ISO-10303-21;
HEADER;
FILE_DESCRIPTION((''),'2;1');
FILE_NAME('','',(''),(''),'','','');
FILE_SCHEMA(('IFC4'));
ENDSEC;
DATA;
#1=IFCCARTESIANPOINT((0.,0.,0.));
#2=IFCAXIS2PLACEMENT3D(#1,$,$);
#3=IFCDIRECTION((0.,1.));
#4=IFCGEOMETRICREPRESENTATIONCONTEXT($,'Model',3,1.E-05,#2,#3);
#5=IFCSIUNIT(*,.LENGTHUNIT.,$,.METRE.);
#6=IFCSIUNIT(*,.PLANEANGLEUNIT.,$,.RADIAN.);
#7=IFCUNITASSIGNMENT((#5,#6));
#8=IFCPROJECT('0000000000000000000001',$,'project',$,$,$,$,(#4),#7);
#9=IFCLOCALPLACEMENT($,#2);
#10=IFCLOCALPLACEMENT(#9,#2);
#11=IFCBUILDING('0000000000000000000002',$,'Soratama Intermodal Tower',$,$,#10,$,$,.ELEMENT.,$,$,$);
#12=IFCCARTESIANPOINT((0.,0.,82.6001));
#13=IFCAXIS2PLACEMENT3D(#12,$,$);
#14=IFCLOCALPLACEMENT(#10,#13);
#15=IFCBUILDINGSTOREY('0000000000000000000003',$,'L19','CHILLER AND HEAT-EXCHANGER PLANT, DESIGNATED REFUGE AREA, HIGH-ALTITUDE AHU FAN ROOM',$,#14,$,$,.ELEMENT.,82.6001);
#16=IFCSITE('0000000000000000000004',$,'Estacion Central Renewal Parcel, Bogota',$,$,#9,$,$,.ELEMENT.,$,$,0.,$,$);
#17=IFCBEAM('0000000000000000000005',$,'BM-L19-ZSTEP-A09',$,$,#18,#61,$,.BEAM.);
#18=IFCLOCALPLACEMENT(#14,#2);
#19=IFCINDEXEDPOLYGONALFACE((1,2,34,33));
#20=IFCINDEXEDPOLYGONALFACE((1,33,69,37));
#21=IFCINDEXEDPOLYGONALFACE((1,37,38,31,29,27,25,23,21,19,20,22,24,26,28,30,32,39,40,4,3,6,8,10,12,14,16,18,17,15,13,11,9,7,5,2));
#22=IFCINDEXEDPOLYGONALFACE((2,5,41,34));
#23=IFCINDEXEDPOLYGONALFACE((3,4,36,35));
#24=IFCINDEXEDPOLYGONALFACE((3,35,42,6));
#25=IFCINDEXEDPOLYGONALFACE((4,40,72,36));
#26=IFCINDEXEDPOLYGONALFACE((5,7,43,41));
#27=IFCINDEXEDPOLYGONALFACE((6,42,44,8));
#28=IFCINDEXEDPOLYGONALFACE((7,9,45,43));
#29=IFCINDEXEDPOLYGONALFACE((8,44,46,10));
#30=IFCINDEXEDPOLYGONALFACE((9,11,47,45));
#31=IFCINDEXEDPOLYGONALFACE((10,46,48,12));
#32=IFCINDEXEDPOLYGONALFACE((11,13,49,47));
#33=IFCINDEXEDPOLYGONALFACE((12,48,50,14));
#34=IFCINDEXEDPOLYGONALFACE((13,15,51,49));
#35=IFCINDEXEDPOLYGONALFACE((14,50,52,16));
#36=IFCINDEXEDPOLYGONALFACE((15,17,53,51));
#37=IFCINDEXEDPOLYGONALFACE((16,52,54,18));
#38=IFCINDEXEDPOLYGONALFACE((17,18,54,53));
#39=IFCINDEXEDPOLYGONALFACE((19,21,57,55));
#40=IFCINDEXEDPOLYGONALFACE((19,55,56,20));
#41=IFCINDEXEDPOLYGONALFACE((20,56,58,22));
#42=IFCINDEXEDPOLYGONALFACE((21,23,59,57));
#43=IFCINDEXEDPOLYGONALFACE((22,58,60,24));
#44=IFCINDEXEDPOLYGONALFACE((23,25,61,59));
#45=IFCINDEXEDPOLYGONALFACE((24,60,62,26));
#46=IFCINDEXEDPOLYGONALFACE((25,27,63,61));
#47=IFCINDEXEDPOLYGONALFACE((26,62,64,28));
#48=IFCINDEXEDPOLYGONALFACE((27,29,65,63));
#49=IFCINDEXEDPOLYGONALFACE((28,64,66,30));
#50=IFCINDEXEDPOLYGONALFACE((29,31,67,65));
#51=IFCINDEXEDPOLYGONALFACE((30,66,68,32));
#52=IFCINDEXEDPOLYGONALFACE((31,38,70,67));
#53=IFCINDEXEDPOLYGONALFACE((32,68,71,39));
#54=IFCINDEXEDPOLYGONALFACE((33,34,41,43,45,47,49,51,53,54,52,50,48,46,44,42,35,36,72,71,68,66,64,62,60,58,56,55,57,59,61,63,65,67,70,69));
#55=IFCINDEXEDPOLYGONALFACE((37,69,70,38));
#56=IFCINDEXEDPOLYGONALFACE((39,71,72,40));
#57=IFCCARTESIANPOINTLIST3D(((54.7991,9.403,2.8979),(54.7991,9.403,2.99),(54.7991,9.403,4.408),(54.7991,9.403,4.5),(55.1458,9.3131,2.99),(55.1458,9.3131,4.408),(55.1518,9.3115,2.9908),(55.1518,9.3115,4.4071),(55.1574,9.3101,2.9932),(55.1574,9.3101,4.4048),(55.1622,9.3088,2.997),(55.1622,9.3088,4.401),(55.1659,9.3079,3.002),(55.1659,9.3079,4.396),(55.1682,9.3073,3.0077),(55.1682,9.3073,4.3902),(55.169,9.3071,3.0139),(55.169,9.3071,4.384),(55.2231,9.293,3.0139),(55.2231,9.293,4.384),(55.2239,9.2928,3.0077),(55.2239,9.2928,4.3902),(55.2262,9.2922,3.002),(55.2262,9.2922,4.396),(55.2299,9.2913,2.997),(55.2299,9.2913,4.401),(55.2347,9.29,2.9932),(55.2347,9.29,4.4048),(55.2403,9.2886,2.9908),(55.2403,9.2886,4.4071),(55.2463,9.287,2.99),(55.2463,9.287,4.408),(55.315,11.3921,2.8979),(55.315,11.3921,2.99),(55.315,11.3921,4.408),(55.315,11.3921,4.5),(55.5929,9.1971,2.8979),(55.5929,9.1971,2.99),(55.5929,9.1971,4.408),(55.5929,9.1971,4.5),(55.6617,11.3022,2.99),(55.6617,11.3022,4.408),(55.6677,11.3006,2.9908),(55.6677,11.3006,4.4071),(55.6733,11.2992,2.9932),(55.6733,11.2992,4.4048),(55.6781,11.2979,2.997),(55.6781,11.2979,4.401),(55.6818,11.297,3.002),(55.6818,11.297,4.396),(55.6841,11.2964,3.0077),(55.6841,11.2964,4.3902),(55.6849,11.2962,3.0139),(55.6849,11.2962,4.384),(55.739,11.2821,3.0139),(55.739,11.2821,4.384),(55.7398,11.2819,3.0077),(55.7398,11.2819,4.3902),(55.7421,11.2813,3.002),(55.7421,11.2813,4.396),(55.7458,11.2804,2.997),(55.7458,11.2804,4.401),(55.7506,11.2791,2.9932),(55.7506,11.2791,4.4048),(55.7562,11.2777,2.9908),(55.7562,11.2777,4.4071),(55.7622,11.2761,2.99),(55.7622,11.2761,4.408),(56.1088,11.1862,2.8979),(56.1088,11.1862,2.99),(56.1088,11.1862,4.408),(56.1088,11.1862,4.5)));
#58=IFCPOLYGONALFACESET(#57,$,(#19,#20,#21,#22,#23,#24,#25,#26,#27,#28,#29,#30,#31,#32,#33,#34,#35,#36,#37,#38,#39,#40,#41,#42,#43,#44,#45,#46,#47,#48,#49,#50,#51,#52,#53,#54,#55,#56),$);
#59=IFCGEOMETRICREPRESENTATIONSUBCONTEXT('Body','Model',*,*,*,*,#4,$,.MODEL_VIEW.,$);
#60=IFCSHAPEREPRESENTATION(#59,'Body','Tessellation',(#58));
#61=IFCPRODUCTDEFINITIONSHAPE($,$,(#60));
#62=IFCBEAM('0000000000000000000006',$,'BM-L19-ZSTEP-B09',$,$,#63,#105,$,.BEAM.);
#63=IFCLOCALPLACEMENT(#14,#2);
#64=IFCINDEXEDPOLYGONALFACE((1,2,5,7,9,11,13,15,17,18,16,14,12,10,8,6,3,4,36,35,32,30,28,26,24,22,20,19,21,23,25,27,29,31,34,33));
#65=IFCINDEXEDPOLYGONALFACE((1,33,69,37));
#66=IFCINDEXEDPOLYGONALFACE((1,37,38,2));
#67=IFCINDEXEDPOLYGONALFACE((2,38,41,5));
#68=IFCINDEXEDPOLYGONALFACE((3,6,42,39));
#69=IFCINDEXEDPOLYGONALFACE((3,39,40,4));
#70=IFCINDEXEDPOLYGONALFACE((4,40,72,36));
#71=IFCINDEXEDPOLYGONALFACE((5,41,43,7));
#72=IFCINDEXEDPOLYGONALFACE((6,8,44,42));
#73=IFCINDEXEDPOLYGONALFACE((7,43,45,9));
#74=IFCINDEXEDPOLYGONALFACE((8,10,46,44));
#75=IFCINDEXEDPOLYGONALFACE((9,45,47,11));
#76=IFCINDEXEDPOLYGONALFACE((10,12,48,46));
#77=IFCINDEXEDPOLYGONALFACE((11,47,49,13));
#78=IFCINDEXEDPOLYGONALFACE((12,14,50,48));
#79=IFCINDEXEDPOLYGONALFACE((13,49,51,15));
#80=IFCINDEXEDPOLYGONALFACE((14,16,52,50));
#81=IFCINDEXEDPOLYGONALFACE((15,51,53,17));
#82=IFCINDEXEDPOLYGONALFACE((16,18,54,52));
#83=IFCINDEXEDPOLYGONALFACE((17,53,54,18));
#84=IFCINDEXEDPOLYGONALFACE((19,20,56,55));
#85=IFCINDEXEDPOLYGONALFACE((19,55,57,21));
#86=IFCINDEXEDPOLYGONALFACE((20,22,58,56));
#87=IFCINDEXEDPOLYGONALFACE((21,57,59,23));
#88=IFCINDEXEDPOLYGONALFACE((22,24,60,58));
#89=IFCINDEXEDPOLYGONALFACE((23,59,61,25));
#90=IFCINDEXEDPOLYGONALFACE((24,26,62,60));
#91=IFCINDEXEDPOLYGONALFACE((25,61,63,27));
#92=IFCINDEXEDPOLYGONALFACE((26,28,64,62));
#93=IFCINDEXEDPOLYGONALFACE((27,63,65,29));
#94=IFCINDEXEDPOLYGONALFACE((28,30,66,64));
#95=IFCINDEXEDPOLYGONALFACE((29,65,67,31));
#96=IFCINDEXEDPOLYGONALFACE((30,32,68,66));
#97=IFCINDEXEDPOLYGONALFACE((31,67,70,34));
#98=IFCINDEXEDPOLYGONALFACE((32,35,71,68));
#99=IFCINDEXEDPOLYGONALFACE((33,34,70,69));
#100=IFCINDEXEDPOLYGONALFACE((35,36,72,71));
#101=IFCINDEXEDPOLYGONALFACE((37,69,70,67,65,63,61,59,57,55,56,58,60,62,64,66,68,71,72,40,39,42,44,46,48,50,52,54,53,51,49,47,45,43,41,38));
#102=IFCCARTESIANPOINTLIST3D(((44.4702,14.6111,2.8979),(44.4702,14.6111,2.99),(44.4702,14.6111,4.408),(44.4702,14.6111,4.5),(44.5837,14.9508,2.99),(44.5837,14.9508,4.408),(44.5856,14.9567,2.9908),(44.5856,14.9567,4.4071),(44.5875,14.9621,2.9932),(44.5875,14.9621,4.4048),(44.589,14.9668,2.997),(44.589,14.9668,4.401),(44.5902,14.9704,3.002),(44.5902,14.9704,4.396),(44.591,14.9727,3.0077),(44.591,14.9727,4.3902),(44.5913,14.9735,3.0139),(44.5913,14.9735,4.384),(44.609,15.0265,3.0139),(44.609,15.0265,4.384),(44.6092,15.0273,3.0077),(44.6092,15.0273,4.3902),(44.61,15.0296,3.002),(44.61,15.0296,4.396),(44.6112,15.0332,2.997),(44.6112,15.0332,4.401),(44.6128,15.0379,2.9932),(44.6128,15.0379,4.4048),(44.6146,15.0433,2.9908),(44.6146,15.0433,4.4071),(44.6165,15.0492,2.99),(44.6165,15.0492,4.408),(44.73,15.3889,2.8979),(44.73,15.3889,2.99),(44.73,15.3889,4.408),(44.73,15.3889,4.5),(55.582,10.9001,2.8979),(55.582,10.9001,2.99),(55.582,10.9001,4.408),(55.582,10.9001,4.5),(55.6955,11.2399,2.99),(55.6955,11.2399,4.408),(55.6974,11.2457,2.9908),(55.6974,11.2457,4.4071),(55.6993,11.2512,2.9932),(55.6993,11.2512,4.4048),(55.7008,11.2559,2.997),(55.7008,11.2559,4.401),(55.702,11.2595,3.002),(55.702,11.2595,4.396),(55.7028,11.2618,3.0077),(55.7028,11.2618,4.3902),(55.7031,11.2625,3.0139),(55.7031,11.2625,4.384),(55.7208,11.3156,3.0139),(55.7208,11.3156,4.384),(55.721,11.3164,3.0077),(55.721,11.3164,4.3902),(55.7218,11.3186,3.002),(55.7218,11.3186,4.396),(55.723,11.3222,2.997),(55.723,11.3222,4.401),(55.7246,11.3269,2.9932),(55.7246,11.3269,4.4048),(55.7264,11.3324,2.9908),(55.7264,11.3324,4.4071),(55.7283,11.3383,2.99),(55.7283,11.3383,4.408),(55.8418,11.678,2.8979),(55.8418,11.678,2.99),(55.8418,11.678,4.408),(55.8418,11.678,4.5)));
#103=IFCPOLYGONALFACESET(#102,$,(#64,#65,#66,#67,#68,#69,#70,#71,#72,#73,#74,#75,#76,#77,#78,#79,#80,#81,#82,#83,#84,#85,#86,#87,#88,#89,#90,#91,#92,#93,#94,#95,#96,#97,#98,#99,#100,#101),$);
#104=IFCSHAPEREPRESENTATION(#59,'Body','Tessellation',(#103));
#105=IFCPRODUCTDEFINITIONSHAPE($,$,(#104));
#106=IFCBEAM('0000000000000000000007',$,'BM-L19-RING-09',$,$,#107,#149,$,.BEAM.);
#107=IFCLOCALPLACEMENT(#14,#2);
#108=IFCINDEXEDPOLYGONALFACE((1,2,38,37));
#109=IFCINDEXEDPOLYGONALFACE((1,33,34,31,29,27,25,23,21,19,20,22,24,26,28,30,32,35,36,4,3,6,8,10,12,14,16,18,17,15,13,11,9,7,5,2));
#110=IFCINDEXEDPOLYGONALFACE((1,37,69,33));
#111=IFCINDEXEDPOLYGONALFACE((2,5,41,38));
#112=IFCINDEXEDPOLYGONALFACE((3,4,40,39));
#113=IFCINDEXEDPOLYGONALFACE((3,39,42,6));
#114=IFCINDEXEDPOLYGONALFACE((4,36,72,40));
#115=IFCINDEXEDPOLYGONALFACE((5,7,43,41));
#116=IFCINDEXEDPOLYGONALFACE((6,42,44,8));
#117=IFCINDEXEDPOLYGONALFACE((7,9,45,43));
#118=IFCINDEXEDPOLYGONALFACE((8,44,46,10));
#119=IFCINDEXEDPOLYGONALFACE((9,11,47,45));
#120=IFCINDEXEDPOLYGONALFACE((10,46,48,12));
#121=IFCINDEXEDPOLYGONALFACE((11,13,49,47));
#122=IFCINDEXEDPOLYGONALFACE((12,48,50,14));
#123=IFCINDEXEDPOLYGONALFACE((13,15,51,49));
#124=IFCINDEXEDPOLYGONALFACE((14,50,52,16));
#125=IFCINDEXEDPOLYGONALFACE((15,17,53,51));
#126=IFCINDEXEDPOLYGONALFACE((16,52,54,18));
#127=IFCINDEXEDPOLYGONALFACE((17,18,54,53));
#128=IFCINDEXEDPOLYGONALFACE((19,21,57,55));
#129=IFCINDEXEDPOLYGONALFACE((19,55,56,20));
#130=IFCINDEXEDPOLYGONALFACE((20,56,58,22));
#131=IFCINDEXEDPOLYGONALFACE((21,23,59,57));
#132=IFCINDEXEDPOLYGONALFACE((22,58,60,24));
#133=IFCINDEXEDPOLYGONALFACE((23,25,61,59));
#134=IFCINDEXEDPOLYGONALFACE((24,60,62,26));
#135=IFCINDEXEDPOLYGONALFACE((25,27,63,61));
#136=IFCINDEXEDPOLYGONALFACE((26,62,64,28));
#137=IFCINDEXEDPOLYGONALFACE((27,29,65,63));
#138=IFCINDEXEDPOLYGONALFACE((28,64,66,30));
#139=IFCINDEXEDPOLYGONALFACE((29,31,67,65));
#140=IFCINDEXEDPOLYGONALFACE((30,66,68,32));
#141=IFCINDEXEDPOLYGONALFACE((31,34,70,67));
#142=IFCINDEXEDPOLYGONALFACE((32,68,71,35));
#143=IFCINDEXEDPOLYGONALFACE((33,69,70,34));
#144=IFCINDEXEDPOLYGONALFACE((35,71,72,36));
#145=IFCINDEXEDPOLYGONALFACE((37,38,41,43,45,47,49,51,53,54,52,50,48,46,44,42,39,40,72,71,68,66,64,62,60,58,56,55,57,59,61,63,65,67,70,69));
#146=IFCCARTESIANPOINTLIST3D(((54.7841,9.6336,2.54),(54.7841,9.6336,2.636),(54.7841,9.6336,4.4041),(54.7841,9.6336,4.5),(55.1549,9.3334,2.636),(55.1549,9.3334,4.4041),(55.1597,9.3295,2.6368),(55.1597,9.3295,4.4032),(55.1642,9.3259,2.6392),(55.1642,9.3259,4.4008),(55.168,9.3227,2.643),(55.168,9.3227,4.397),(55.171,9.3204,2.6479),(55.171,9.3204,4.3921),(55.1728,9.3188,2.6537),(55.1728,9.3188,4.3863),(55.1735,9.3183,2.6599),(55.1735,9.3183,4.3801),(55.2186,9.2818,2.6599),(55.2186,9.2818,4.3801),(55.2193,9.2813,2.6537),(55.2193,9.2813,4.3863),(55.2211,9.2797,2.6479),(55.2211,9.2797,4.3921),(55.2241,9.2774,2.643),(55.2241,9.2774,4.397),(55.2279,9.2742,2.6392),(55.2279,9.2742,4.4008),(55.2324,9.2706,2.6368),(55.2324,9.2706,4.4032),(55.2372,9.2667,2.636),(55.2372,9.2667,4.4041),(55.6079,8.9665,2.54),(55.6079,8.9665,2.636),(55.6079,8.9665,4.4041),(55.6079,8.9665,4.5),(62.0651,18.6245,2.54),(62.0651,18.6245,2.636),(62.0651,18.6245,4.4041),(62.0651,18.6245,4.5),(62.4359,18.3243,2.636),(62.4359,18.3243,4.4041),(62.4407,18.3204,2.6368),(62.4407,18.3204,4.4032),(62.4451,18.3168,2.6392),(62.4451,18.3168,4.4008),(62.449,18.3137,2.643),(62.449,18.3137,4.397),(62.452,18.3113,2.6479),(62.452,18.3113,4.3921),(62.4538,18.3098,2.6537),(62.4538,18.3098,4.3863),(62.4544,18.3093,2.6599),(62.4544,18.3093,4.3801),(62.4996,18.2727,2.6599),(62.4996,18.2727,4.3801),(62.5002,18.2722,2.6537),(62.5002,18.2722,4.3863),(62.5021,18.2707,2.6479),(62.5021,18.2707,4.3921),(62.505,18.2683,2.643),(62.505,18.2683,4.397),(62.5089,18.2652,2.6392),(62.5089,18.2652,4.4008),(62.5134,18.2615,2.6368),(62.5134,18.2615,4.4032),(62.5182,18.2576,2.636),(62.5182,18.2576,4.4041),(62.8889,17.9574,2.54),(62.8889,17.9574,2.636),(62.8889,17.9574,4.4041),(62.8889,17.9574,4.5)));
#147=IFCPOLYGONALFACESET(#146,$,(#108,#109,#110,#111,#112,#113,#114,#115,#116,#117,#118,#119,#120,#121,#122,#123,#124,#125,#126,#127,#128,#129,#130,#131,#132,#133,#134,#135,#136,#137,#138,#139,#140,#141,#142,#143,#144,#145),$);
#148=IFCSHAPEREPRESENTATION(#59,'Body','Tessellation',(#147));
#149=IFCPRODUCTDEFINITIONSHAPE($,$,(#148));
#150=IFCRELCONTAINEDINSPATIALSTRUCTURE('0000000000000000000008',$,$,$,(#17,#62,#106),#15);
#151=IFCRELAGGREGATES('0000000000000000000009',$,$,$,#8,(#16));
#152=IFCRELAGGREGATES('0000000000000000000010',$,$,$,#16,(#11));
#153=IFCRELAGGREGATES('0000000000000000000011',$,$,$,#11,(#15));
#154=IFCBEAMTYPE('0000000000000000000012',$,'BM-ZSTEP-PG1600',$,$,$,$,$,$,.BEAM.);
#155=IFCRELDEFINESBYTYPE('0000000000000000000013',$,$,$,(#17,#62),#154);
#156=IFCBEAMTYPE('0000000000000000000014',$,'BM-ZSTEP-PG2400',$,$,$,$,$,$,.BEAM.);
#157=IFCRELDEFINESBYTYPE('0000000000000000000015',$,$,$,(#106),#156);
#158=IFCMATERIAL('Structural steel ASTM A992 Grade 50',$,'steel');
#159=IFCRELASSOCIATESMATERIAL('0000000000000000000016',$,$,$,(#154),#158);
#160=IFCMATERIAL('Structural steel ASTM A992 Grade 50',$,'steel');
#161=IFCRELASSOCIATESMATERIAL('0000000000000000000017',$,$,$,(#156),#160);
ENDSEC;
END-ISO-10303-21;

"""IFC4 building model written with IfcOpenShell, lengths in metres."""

from ifc_helpers import new_model, si_unit, direction, frame, origin, origin_2d, place, context, subcontext, project, spatial, i_section, extrude, material, material_profile, profile_set, type_object, element, save


model = new_model("IFC4")

# Units and contexts
model_context = context("Model", 3, precision=1e-05, world=origin(), true_north=direction((0.0, 1.0)))
body_context = subcontext(model_context, "Body", "Model", "MODEL_VIEW")
ifc_project = project(units=[si_unit("LENGTHUNIT", "METRE"), si_unit("PLANEANGLEUNIT", "RADIAN")], contexts=[model_context])

# Site, building, storey
site_placement = place(None, origin())
site = spatial("IfcSite", under=ifc_project, at=site_placement, Name="Estacion Central Renewal Parcel, Bogota", CompositionType="ELEMENT", RefElevation=0.0)
building_placement = place(site_placement, origin())
building = spatial("IfcBuilding", under=site, at=building_placement, Name="Soratama Intermodal Tower", CompositionType="ELEMENT")
storey_placement = place(building_placement, frame((0.0, 0.0, 82.6001)))
storey = spatial("IfcBuildingStorey", under=building, at=storey_placement, Name="L19", Description="CHILLER AND HEAT-EXCHANGER PLANT, DESIGNATED REFUGE AREA, HIGH-ALTITUDE AHU FAN ROOM", CompositionType="ELEMENT", Elevation=82.6001)

# Beams
ifc_material_1 = material(Name="Structural steel ASTM A992 Grade 50", Category="steel")
ifc_material_profile_1 = material_profile(ifc_material_1, i_section(OverallWidth=0.8201, OverallDepth=1.6021, WebThickness=0.0559, FlangeThickness=0.092, FilletRadius=0.0239, at=origin_2d()), Name="PG1600X650")
ifc_profile_set_1 = profile_set([ifc_material_profile_1], Name="Structural steel ASTM A992 Grade 50")
beam_type_1 = type_object("IfcBeamType", Name="BM-ZSTEP-PG1600", PredefinedType="BEAM", material=ifc_profile_set_1)
beam_1_placement = place(storey_placement, frame((55.196, 9.3, 3.699), z_axis=(0.251053, 0.967973, 0.0), x_axis=(-0.967973, 0.251053, 0.0)))
element("IfcBeam", 1, at=beam_1_placement, inside=storey, type_object=beam_type_1, Name="BM-L19-ZSTEP-A09", PredefinedType="BEAM", context=body_context, shape_type="SweptSolid", body=[
    extrude(i_section(OverallWidth=0.8201, OverallDepth=1.6021, WebThickness=0.0559, FlangeThickness=0.092, FilletRadius=0.0239, at=origin_2d()), origin(), (0.0, 0.0, 1.0), 2.0549),
])
beam_2_placement = place(storey_placement, frame((55.7119, 11.2891, 3.699), z_axis=(-0.948504, 0.316765, 0.0), x_axis=(-0.316765, -0.948504, 0.0)))
element("IfcBeam", 2, at=beam_2_placement, inside=storey, type_object=beam_type_1, Name="BM-L19-ZSTEP-B09", PredefinedType="BEAM", context=body_context, shape_type="SweptSolid", body=[
    extrude(i_section(OverallWidth=0.8201, OverallDepth=1.6021, WebThickness=0.0559, FlangeThickness=0.092, FilletRadius=0.0239, at=origin_2d()), origin(), (0.0, 0.0, 1.0), 11.7151),
])
ifc_material_2 = material(Name="Structural steel ASTM A992 Grade 50", Category="steel")
ifc_material_profile_2 = material_profile(ifc_material_2, i_section(OverallWidth=1.0601, OverallDepth=1.96, WebThickness=0.0581, FlangeThickness=0.0959, FilletRadius=0.0239, at=origin_2d()), Name="PG2400X900")
ifc_profile_set_2 = profile_set([ifc_material_profile_2], Name="Structural steel ASTM A992 Grade 50")
beam_type_2 = type_object("IfcBeamType", Name="BM-ZSTEP-PG2400", PredefinedType="BEAM", material=ifc_profile_set_2)
beam_3_placement = place(storey_placement, frame((55.196, 9.3, 3.52), z_axis=(0.629334, 0.777135, 0.0), x_axis=(-0.777135, 0.629334, 0.0)))
element("IfcBeam", 3, at=beam_3_placement, inside=storey, type_object=beam_type_2, Name="BM-L19-RING-09", PredefinedType="BEAM", context=body_context, shape_type="SweptSolid", body=[
    extrude(i_section(OverallWidth=1.0601, OverallDepth=1.96, WebThickness=0.0581, FlangeThickness=0.0959, FilletRadius=0.0239, at=origin_2d()), origin(), (0.0, 0.0, 1.0), 11.5693),
])

save(model, "model.ifc")
